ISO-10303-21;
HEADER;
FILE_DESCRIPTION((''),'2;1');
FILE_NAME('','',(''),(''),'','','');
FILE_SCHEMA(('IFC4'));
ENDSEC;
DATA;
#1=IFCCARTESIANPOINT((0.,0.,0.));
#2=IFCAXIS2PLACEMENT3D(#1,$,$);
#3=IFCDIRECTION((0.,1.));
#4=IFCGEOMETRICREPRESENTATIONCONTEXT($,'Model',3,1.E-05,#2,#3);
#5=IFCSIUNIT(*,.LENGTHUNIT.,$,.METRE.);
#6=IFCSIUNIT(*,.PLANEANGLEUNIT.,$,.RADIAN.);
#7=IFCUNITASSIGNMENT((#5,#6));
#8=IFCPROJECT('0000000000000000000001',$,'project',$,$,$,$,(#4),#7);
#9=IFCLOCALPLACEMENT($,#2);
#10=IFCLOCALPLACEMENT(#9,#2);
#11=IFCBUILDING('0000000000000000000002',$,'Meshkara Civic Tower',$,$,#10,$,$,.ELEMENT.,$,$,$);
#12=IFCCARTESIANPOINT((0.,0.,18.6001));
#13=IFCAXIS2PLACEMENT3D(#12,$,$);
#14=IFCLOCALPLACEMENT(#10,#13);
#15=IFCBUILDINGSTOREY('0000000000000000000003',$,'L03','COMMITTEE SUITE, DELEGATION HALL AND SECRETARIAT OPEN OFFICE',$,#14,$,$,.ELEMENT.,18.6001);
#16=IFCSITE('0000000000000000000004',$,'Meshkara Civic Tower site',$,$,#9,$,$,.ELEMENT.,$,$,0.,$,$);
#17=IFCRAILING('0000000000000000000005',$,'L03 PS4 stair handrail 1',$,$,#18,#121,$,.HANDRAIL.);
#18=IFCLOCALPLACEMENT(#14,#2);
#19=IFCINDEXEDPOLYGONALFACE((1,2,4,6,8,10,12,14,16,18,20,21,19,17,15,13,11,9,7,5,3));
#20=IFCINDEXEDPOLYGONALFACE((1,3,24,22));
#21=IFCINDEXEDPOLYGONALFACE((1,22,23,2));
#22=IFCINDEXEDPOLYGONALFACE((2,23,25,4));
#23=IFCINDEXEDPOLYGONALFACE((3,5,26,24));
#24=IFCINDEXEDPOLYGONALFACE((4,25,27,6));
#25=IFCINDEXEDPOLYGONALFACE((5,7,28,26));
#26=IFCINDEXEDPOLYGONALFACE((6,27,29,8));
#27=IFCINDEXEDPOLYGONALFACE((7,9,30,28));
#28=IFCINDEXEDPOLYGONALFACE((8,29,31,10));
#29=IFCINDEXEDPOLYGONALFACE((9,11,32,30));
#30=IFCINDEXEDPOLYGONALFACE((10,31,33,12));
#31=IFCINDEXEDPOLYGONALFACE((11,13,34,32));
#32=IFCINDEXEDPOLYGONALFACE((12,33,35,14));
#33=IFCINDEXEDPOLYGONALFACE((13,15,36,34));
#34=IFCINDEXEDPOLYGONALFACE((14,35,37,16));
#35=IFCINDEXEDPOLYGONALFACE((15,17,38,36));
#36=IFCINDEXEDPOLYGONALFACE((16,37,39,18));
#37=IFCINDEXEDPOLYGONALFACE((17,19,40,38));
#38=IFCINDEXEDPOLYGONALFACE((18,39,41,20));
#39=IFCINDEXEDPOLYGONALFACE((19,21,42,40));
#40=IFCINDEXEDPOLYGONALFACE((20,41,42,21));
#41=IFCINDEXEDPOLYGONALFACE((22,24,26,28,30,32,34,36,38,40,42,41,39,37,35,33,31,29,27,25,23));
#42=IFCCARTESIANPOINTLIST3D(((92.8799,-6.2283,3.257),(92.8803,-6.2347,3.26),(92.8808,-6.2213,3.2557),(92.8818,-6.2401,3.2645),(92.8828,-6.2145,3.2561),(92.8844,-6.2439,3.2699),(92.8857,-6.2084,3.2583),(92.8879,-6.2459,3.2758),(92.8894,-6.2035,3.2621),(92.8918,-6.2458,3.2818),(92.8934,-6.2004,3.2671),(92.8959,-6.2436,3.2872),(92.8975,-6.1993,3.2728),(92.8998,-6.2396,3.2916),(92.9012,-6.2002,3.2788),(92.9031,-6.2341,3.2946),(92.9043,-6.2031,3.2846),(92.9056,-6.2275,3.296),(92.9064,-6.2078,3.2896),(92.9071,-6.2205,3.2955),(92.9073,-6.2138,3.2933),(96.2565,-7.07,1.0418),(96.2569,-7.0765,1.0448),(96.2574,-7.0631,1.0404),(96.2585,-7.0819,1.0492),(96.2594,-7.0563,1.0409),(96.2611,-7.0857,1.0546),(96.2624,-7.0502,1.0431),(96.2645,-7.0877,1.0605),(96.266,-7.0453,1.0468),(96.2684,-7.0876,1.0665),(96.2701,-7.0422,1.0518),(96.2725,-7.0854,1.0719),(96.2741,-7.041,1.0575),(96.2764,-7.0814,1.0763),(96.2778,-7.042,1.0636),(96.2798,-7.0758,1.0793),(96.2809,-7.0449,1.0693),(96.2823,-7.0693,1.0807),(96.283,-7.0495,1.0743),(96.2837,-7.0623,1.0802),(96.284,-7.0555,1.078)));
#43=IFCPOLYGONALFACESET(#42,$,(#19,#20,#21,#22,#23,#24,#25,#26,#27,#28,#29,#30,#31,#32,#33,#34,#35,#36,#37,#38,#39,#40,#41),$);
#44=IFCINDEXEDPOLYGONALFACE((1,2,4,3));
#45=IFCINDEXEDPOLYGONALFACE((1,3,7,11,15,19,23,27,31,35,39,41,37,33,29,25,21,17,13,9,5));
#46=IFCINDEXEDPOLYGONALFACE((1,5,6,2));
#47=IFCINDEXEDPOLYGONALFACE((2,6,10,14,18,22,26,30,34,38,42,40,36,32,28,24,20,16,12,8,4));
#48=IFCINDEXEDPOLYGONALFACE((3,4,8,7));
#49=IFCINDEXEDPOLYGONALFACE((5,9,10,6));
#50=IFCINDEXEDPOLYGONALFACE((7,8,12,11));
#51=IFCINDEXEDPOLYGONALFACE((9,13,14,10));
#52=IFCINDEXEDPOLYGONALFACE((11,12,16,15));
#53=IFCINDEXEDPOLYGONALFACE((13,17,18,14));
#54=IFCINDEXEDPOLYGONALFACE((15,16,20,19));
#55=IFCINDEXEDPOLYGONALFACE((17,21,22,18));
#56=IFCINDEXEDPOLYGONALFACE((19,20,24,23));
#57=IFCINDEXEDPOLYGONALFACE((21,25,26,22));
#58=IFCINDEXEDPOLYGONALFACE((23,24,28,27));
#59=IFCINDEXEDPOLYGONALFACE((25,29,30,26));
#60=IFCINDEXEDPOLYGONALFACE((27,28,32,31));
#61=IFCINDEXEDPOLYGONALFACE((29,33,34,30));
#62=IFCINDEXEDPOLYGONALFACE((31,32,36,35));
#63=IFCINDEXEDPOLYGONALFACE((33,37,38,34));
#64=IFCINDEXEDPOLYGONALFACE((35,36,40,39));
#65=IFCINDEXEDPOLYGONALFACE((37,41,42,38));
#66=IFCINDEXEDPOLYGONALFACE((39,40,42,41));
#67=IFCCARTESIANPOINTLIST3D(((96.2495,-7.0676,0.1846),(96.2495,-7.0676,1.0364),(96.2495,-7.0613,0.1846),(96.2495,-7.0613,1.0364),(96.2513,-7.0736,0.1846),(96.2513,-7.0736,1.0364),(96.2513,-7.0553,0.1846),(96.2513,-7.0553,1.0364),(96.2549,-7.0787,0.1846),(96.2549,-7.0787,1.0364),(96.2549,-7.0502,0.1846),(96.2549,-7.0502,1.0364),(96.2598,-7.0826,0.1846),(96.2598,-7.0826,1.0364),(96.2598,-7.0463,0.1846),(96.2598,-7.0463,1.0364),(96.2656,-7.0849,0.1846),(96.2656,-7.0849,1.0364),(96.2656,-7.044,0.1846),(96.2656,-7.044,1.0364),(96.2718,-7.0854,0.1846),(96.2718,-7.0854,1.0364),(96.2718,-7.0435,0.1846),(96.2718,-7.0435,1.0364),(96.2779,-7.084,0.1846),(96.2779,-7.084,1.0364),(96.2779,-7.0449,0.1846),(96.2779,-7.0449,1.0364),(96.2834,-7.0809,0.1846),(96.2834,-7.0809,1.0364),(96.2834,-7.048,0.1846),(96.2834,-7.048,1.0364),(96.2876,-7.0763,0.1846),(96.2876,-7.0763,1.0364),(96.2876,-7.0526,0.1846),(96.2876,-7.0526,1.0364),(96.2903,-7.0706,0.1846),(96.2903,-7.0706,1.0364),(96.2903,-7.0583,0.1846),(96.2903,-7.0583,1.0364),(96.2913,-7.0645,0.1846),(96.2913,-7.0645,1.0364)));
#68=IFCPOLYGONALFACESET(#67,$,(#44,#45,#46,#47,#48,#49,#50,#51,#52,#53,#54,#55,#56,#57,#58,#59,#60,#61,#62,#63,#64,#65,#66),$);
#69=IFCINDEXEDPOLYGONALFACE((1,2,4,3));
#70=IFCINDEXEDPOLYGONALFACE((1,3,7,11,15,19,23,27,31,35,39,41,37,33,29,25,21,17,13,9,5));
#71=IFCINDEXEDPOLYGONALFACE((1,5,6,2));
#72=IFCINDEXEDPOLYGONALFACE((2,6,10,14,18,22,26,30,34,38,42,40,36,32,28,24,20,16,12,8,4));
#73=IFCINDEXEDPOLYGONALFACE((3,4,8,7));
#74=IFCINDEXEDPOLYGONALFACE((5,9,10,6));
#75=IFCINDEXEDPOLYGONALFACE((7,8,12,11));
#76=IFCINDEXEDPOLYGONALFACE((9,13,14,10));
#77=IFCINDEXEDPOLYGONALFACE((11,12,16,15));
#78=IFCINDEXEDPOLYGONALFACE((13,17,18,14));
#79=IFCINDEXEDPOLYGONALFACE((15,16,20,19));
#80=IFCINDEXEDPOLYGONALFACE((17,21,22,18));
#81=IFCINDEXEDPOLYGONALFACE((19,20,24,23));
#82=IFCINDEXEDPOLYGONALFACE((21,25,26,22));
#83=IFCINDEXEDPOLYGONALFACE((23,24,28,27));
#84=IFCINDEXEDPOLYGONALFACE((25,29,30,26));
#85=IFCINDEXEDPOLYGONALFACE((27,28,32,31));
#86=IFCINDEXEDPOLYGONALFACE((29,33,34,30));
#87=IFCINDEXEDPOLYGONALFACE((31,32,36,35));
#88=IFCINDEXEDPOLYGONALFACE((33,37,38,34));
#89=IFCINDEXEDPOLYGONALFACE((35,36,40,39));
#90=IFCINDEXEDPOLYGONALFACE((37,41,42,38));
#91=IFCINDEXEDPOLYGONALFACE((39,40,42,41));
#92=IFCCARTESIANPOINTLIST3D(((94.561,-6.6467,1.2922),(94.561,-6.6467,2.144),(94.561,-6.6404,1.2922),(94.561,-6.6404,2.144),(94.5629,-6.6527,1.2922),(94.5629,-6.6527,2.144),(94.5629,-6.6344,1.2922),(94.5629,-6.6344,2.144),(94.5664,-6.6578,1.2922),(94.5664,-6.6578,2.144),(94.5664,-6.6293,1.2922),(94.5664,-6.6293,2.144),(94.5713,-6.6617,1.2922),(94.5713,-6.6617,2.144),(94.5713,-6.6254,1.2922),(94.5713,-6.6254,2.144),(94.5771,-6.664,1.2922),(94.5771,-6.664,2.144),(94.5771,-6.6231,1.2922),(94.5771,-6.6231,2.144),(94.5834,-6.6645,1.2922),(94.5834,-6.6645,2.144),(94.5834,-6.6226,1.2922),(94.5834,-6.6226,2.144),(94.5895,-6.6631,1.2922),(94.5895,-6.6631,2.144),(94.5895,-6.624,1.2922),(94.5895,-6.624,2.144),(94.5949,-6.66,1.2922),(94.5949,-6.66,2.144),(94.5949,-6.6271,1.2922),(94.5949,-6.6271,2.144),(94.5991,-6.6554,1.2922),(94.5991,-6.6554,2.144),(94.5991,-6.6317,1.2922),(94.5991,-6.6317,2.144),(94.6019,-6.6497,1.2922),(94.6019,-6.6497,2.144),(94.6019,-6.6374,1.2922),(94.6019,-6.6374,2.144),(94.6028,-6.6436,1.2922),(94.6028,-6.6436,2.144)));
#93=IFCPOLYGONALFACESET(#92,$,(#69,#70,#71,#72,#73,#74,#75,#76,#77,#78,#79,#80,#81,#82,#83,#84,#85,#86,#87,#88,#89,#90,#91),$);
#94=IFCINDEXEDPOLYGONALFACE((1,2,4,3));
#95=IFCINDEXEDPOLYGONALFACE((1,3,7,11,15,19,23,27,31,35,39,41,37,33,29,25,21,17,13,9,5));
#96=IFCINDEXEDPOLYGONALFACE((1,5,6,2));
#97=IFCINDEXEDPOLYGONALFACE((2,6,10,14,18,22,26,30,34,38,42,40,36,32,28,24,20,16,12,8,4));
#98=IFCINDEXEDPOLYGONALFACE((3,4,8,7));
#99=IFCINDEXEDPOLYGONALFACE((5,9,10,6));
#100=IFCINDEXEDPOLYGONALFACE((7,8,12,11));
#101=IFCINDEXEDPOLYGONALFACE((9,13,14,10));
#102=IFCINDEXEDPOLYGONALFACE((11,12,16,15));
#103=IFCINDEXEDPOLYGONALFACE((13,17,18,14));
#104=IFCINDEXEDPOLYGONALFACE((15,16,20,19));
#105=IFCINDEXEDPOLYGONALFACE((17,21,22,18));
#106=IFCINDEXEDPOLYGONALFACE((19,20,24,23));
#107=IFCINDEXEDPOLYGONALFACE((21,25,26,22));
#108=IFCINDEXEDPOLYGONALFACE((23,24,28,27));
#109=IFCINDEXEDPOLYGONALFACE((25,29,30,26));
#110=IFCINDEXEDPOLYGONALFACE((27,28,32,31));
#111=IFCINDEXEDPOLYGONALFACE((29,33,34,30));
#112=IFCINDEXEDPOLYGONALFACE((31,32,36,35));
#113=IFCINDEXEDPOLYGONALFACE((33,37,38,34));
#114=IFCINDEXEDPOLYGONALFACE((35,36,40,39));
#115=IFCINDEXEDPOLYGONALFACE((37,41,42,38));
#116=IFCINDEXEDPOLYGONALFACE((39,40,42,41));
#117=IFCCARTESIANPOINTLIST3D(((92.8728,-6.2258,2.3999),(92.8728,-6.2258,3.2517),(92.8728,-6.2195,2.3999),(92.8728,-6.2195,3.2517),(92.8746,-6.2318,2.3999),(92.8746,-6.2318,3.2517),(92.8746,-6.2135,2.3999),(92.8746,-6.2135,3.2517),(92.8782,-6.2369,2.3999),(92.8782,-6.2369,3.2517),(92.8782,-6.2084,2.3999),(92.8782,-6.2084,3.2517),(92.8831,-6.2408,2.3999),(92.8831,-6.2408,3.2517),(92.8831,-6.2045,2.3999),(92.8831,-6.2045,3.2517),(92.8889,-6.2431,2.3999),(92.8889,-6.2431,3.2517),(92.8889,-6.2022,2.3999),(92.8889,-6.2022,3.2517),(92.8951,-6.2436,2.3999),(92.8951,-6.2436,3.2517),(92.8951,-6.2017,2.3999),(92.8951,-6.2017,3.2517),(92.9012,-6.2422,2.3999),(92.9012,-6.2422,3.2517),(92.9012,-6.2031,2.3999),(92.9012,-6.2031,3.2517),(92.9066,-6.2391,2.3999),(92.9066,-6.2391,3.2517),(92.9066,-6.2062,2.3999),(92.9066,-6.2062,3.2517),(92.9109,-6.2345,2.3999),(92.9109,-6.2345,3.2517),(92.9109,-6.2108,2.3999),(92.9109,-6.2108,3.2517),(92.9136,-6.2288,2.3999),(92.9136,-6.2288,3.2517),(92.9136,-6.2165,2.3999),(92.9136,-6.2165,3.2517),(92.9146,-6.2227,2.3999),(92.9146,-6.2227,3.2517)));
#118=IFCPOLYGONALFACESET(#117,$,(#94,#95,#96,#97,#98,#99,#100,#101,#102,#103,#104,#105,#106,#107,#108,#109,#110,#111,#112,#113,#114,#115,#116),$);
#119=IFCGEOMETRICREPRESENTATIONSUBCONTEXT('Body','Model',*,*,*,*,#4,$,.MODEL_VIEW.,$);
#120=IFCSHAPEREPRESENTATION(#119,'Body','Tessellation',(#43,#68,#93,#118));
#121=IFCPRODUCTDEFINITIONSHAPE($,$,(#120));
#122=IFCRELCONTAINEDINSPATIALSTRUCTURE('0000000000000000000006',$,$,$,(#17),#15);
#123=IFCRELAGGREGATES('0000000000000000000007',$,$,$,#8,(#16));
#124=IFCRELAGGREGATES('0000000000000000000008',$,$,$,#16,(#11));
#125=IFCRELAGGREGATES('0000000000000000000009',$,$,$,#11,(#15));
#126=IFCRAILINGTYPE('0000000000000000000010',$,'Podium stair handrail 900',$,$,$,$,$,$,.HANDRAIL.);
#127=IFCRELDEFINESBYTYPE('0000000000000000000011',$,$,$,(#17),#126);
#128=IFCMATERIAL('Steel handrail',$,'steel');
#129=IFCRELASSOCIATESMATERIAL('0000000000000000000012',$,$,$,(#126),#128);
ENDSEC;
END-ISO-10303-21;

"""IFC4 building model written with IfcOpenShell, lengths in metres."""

from ifc_helpers import new_model, si_unit, direction, frame, origin, origin_2d, place, context, subcontext, project, spatial, circle, extrude, material, type_object, element, save


model = new_model("IFC4")

# Units and contexts
model_context = context("Model", 3, precision=1e-05, world=origin(), true_north=direction((0.0, 1.0)))
body_context = subcontext(model_context, "Body", "Model", "MODEL_VIEW")
ifc_project = project(units=[si_unit("LENGTHUNIT", "METRE"), si_unit("PLANEANGLEUNIT", "RADIAN")], contexts=[model_context])

# Site, building, storey
site_placement = place(None, origin())
site = spatial("IfcSite", under=ifc_project, at=site_placement, Name="Meshkara Civic Tower site", CompositionType="ELEMENT", RefElevation=0.0)
building_placement = place(site_placement, origin())
building = spatial("IfcBuilding", under=site, at=building_placement, Name="Meshkara Civic Tower", CompositionType="ELEMENT")
storey_placement = place(building_placement, frame((0.0, 0.0, 18.6001)))
storey = spatial("IfcBuildingStorey", under=building, at=storey_placement, Name="L03", Description="COMMITTEE SUITE, DELEGATION HALL AND SECRETARIAT OPEN OFFICE", CompositionType="ELEMENT", Elevation=18.6001)

# Railing
ifc_material_1 = material(Name="Steel handrail", Category="steel")
railing_type_1 = type_object("IfcRailingType", Name="Podium stair handrail 900", PredefinedType="HANDRAIL", material=ifc_material_1)
railing_1_placement = place(storey_placement, frame((96.2703, -7.0645, 0.1846)))
element("IfcRailing", 1, at=railing_1_placement, inside=storey, type_object=railing_type_1, Name="L03 PS4 stair handrail 1", PredefinedType="HANDRAIL", context=body_context, shape_type="SweptSolid", body=[
    extrude(circle(Radius=0.0239, at=origin_2d()), frame((0.0, 0.0, 0.876), z_axis=(-0.818527, 0.204055, 0.537005), x_axis=(-0.241892, -0.970303, 0.0)), (0.0, 0.0, 1.0), 4.1252),
    extrude(circle(Radius=0.021, at=origin_2d()), origin(), (0.0, 0.0, 1.0), 0.8518),
    extrude(circle(Radius=0.021, at=origin_2d()), frame((-1.6885, 0.4209, 1.1077)), (0.0, 0.0, 1.0), 0.8518),
    extrude(circle(Radius=0.021, at=origin_2d()), frame((-3.3767, 0.8418, 2.2153)), (0.0, 0.0, 1.0), 0.8518),
])

save(model, "model.ifc")
